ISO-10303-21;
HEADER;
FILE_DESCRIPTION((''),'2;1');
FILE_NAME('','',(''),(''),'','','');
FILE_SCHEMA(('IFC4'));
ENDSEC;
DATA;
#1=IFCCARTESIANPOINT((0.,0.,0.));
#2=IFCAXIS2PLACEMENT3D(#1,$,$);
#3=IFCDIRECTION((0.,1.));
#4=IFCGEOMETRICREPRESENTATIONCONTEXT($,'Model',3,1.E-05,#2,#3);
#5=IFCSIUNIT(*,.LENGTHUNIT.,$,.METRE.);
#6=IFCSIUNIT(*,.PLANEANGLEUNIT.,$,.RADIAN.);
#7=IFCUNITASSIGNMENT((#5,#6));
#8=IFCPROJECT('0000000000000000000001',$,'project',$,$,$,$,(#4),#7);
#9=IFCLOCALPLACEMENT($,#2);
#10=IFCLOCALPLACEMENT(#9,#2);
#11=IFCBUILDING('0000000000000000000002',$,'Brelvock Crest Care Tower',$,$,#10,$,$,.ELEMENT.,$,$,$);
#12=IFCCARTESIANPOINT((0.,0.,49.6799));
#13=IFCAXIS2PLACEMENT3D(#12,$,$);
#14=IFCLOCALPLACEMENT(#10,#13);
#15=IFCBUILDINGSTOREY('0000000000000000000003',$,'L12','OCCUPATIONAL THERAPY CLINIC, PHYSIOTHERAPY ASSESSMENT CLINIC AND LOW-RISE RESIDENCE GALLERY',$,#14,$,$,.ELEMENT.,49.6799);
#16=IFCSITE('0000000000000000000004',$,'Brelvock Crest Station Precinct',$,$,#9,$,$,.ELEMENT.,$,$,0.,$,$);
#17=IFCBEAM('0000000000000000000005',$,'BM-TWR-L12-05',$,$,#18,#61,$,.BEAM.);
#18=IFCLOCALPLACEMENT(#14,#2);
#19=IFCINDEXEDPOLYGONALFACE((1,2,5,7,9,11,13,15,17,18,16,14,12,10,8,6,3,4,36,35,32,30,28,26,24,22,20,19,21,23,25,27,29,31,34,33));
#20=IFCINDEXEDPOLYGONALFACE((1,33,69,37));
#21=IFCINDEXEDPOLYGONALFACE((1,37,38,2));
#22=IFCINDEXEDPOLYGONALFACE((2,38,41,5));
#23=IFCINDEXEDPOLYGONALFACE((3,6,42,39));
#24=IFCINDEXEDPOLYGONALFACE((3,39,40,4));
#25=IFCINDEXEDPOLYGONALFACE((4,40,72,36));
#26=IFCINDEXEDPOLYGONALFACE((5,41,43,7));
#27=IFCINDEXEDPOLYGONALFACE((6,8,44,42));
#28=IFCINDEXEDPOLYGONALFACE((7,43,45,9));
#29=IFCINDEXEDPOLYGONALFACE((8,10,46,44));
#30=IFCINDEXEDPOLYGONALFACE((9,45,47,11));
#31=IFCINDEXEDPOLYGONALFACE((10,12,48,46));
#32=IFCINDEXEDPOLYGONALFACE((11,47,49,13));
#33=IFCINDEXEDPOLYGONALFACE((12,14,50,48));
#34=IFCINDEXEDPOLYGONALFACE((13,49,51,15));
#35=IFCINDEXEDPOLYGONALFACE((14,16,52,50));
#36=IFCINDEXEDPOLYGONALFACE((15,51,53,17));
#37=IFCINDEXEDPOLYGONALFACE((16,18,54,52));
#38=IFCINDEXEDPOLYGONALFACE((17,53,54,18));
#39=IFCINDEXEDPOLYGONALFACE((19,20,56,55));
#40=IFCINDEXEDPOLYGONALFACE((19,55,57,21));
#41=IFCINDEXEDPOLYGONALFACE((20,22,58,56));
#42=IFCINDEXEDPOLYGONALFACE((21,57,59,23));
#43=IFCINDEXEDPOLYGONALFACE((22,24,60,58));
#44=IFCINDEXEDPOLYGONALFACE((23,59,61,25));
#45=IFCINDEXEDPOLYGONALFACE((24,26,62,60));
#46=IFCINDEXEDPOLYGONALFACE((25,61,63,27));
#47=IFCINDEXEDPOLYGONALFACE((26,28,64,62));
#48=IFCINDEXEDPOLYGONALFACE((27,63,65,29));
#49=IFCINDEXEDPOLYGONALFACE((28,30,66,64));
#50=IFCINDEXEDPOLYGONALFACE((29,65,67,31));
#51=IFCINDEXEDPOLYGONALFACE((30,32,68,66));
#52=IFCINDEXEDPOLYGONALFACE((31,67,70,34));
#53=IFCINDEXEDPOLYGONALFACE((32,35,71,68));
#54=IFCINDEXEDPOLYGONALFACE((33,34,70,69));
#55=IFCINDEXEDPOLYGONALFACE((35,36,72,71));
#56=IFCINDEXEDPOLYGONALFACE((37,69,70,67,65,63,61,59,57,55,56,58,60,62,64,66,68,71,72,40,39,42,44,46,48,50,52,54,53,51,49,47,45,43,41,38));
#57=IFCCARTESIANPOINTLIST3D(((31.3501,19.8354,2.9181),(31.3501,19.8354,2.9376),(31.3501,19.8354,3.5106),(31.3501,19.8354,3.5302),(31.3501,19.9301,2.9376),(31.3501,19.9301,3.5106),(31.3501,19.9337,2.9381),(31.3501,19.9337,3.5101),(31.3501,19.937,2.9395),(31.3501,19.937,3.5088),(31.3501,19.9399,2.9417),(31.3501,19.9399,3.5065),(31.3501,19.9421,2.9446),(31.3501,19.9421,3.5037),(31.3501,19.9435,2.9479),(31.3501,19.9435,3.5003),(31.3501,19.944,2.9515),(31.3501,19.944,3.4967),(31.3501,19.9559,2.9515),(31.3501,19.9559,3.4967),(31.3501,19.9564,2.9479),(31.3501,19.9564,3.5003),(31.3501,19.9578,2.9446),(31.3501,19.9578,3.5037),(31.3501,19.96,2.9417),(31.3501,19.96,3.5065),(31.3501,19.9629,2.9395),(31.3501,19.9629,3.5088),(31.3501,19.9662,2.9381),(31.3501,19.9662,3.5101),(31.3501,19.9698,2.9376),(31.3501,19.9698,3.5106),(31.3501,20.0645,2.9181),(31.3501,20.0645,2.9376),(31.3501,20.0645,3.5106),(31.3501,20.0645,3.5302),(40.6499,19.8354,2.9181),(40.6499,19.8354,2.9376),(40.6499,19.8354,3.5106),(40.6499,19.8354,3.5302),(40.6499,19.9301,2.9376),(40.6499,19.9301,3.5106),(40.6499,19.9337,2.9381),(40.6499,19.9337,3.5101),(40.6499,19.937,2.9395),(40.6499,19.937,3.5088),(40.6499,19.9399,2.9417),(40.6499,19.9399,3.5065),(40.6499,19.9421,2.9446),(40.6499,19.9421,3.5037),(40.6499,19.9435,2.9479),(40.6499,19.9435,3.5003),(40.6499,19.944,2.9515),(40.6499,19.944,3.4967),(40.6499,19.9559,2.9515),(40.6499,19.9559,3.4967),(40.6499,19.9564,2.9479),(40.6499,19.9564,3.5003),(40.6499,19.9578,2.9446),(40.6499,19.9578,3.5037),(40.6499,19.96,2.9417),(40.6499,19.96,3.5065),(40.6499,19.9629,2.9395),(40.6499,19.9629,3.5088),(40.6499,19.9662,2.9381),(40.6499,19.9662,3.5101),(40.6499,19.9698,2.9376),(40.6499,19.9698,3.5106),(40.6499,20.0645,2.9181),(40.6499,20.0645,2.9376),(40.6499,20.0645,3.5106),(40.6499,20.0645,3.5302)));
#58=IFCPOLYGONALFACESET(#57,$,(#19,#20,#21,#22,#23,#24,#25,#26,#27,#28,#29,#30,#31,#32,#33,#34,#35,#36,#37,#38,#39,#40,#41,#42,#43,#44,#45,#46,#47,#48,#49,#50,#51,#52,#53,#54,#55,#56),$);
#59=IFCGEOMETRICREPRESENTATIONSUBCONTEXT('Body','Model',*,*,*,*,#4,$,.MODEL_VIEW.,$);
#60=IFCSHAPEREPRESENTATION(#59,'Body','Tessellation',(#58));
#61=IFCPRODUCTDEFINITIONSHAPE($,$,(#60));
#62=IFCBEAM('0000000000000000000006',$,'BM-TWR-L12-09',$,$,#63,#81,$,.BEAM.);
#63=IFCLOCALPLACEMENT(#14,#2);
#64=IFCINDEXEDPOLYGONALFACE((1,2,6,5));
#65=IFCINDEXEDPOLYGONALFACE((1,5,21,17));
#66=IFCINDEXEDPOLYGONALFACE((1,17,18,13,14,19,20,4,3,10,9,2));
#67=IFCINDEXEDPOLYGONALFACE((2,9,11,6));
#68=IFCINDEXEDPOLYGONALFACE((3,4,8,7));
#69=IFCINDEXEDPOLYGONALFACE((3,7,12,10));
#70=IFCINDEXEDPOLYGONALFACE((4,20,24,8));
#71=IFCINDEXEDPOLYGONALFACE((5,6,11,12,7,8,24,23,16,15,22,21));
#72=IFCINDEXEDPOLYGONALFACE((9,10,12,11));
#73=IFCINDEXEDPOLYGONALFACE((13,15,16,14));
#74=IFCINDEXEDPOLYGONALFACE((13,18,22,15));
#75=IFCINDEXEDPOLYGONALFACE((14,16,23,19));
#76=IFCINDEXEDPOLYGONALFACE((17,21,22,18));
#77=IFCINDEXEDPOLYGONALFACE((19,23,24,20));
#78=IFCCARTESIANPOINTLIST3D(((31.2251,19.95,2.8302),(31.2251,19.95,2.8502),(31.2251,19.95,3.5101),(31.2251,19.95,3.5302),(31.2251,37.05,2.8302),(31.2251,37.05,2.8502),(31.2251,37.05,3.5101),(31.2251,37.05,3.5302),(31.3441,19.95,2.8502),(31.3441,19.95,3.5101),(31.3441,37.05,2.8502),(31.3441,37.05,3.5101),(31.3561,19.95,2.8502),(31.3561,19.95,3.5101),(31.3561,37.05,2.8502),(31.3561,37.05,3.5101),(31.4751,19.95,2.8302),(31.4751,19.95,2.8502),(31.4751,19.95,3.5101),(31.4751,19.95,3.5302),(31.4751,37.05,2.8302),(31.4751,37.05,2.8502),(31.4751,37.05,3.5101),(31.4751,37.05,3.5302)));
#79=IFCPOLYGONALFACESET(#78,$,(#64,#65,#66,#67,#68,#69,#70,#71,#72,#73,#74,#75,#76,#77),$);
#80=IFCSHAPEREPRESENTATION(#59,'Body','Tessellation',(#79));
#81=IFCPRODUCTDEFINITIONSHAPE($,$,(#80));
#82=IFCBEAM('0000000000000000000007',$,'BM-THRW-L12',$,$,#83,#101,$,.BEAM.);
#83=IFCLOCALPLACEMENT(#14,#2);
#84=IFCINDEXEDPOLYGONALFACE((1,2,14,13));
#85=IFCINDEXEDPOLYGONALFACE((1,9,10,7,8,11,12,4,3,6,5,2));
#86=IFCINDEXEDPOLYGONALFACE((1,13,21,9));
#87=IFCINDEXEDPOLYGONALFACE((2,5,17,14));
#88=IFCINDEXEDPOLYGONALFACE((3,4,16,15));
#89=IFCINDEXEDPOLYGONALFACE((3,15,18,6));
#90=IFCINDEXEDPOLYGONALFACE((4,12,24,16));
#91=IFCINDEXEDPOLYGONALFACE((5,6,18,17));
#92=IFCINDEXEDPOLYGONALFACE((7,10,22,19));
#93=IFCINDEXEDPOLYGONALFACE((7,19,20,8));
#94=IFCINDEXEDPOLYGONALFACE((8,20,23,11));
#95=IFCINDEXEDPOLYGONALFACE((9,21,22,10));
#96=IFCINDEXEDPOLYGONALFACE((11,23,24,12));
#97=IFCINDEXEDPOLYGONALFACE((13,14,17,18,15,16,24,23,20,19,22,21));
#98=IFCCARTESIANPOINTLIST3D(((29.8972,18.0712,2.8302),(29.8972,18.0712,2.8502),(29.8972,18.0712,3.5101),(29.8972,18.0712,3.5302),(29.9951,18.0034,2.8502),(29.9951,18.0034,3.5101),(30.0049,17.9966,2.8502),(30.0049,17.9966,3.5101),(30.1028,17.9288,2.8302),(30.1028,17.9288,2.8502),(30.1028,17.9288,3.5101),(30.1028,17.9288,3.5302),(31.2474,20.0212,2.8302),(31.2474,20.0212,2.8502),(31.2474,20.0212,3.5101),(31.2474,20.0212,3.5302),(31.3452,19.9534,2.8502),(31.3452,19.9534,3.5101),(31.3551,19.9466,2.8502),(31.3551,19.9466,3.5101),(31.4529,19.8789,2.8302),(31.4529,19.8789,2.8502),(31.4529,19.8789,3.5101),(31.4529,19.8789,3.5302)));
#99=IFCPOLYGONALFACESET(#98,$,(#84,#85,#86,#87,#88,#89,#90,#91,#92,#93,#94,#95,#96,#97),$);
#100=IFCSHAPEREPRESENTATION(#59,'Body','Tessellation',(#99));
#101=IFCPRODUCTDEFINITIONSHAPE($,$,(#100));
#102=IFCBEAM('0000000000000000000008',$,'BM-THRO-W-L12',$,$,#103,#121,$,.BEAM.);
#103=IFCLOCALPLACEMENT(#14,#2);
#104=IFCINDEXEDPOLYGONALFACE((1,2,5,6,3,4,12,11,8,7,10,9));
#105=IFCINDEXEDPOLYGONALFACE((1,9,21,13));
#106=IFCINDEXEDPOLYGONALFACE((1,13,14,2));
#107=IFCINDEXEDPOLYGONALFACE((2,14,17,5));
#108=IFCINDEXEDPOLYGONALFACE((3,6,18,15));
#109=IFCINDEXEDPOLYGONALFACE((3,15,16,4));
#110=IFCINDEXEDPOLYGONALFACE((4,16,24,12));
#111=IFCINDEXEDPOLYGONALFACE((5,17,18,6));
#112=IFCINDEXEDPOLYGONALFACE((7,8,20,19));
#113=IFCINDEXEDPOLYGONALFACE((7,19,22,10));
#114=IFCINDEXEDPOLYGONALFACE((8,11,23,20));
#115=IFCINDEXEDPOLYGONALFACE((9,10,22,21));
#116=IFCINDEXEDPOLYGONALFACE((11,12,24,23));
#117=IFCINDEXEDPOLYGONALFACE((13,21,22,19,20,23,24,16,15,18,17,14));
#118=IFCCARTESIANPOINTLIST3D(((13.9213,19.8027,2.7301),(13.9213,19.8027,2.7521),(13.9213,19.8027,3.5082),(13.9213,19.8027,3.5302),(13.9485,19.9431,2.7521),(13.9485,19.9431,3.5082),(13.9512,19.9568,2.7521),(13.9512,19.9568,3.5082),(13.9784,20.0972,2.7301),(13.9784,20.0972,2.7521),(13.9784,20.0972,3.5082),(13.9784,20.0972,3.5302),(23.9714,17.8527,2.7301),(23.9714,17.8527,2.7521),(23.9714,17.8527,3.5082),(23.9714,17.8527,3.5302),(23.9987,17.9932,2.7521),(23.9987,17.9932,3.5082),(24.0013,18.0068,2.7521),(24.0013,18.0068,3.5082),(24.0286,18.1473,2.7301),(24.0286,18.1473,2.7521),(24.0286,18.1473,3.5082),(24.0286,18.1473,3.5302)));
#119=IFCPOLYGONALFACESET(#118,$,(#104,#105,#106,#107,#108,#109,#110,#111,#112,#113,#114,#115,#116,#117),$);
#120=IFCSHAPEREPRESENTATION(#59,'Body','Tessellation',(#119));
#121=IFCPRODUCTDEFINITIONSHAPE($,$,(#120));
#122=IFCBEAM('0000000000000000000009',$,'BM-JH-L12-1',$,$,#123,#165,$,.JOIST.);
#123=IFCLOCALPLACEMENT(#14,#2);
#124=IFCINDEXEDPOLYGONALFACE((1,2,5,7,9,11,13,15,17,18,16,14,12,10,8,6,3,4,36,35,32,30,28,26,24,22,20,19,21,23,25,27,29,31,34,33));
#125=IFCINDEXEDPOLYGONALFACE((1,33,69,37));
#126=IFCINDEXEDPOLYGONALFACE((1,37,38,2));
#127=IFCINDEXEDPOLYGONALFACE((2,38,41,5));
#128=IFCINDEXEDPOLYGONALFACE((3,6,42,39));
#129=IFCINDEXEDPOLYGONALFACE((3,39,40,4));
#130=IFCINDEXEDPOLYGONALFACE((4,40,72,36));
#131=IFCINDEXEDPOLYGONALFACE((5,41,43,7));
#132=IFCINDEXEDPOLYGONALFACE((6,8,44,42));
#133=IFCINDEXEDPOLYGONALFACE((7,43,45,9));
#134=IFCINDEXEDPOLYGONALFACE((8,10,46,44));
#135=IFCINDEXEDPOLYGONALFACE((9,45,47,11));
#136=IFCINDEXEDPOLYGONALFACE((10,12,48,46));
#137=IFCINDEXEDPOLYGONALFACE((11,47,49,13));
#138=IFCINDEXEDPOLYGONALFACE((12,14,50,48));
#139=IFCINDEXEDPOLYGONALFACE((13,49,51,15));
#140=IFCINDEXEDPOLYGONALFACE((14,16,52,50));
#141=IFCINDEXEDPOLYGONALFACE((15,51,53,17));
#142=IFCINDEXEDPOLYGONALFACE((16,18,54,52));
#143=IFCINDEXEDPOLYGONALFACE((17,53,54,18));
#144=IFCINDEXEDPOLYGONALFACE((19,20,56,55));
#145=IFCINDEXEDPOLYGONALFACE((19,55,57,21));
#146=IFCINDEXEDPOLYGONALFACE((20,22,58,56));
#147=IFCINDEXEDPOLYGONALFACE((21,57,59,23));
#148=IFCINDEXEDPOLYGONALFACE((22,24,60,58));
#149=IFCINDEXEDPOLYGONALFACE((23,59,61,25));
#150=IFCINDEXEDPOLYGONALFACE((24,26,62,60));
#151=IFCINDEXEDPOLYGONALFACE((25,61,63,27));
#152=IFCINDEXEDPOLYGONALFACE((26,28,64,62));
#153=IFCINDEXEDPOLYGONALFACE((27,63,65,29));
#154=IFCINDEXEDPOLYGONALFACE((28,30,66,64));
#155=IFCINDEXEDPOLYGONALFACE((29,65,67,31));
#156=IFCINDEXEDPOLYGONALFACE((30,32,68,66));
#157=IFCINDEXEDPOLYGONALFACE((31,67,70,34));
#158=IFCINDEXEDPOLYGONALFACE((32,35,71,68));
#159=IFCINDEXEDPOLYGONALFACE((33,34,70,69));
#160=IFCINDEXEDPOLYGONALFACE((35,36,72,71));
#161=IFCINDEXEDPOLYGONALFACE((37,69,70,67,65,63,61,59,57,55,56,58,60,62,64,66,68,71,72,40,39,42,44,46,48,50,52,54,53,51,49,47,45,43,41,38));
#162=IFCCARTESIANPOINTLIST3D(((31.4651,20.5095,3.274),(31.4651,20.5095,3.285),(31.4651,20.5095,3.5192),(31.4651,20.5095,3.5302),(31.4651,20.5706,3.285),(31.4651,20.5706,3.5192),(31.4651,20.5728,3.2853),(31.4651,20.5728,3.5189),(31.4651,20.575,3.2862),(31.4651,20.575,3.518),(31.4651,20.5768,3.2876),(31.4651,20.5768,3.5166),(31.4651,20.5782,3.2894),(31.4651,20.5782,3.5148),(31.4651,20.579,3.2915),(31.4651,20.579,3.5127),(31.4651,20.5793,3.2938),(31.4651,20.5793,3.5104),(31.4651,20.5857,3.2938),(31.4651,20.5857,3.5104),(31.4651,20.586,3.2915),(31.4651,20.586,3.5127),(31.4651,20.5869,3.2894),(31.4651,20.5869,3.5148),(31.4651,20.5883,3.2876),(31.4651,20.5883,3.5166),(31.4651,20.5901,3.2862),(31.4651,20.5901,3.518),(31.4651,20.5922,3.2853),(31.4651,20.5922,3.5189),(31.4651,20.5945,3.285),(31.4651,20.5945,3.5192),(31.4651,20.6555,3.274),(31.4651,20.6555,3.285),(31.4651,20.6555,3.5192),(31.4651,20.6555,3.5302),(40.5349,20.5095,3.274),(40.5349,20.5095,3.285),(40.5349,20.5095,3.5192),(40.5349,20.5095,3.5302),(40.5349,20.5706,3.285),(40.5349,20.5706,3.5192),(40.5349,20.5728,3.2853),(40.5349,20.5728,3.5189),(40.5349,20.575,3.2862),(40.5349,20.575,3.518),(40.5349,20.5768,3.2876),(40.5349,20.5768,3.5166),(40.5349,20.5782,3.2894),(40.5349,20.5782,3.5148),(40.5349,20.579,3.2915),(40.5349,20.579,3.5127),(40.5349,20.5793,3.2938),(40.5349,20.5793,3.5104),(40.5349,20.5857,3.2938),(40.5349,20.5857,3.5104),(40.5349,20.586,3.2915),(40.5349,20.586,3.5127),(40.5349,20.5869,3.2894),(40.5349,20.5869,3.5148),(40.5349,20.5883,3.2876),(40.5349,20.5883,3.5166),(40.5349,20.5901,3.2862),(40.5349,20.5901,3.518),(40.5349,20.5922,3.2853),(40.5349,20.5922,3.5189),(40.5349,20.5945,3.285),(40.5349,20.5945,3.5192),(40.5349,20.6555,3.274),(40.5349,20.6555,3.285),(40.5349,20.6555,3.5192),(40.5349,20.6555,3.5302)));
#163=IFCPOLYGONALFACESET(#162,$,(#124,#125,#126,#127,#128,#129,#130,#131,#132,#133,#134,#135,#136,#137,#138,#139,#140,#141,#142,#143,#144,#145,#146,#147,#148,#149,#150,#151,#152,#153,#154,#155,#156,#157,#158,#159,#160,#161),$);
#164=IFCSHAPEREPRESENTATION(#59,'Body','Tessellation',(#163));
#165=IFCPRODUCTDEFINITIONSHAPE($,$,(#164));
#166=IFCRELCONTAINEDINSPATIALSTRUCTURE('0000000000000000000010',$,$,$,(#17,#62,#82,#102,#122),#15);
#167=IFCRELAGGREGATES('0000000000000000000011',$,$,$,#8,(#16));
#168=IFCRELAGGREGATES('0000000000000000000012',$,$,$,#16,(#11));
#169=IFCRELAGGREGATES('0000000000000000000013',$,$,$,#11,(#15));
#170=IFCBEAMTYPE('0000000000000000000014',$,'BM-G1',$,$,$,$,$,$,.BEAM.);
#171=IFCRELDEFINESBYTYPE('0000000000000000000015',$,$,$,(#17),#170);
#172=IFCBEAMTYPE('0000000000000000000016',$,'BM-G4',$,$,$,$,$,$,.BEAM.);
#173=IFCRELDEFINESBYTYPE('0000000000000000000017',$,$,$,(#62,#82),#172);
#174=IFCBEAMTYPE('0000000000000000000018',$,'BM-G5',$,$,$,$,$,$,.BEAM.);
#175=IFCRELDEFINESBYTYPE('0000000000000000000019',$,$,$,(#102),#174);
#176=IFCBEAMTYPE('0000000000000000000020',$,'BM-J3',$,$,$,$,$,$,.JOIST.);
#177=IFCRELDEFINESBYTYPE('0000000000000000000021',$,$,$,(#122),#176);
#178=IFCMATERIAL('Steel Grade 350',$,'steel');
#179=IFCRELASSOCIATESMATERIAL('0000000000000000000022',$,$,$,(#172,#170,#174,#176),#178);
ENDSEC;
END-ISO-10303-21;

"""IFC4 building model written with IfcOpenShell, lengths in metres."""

from ifc_helpers import new_model, si_unit, direction, frame, origin, origin_2d, place, context, subcontext, project, spatial, i_section, extrude, source, transform, mapped, material, material_profile, profile_set, type_object, element, save


model = new_model("IFC4")

# Units and contexts
model_context = context("Model", 3, precision=1e-05, world=origin(), true_north=direction((0.0, 1.0)))
body_context = subcontext(model_context, "Body", "Model", "MODEL_VIEW")
ifc_project = project(units=[si_unit("LENGTHUNIT", "METRE"), si_unit("PLANEANGLEUNIT", "RADIAN")], contexts=[model_context])

# Site, building, storey
site_placement = place(None, origin())
site = spatial("IfcSite", under=ifc_project, at=site_placement, Name="Brelvock Crest Station Precinct", CompositionType="ELEMENT", RefElevation=0.0)
building_placement = place(site_placement, origin())
building = spatial("IfcBuilding", under=site, at=building_placement, Name="Brelvock Crest Care Tower", CompositionType="ELEMENT")
storey_placement = place(building_placement, frame((0.0, 0.0, 49.6799)))
storey = spatial("IfcBuildingStorey", under=building, at=storey_placement, Name="L12", Description="OCCUPATIONAL THERAPY CLINIC, PHYSIOTHERAPY ASSESSMENT CLINIC AND LOW-RISE RESIDENCE GALLERY", CompositionType="ELEMENT", Elevation=49.6799)

# Shared definitions
ifc_material_1 = material(Name="Steel Grade 350", Category="steel")

# Beams
ifc_material_profile_1 = material_profile(ifc_material_1, i_section(OverallWidth=0.25, OverallDepth=0.7, WebThickness=0.012, FlangeThickness=0.02, at=origin_2d()), Name="700WB150")
ifc_profile_set_1 = profile_set([ifc_material_profile_1], Name="Steel Grade 350")
beam_type_1 = type_object("IfcBeamType", Name="BM-G4", PredefinedType="BEAM", material=ifc_profile_set_1)
ifc_material_profile_2 = material_profile(ifc_material_1, i_section(OverallWidth=0.229, OverallDepth=0.6121, WebThickness=0.012, FlangeThickness=0.0195, FilletRadius=0.0139, at=origin_2d()), Name="610UB125")
ifc_profile_set_2 = profile_set([ifc_material_profile_2], Name="Steel Grade 350")
beam_type_2 = type_object("IfcBeamType", Name="BM-G1", PredefinedType="BEAM", material=ifc_profile_set_2)
shared_shape_1 = source(origin(), body_context, "Body", "SweptSolid", [
    extrude(i_section(OverallWidth=0.229, OverallDepth=0.6121, WebThickness=0.012, FlangeThickness=0.0195, FilletRadius=0.0139, at=origin_2d()), origin(), (0.0, 0.0, 1.0), 9.2998),
])
beam_1_placement = place(storey_placement, frame((31.3501, 19.95, 3.2241), z_axis=(1.0, 0.0, 0.0), x_axis=(0.0, 1.0, 0.0)))
element("IfcBeam", 1, at=beam_1_placement, inside=storey, type_object=beam_type_2, Name="BM-TWR-L12-05", PredefinedType="BEAM", context=body_context, shape_type="MappedRepresentation", body=[
    mapped(shared_shape_1, transform((0.0, 0.0, 0.0), x_axis=(1.0, 0.0, 0.0), y_axis=(0.0, 1.0, 0.0), z_axis=(0.0, 0.0, 1.0), scale=1.0)),
])
shared_shape_2 = source(origin(), body_context, "Body", "SweptSolid", [
    extrude(i_section(OverallWidth=0.25, OverallDepth=0.7, WebThickness=0.012, FlangeThickness=0.02, at=origin_2d()), origin(), (0.0, 0.0, 1.0), 17.1001),
])
beam_2_placement = place(storey_placement, frame((31.3501, 19.95, 3.1802), z_axis=(0.0, 1.0, 0.0), x_axis=(-1.0, 0.0, 0.0)))
element("IfcBeam", 2, at=beam_2_placement, inside=storey, type_object=beam_type_1, Name="BM-TWR-L12-09", PredefinedType="BEAM", context=body_context, shape_type="MappedRepresentation", body=[
    mapped(shared_shape_2, transform((0.0, 0.0, 0.0), x_axis=(1.0, 0.0, 0.0), y_axis=(0.0, 1.0, 0.0), z_axis=(0.0, 0.0, 1.0), scale=1.0)),
])
shared_shape_3 = source(origin(), body_context, "Body", "SweptSolid", [
    extrude(i_section(OverallWidth=0.25, OverallDepth=0.7, WebThickness=0.012, FlangeThickness=0.02, at=origin_2d()), origin(), (0.0, 0.0, 1.0), 2.3718),
])
beam_3_placement = place(storey_placement, frame((30.0, 18.0, 3.1802), z_axis=(0.569247, 0.822166, 0.0), x_axis=(-0.822166, 0.569247, 0.0)))
element("IfcBeam", 3, at=beam_3_placement, inside=storey, type_object=beam_type_1, Name="BM-THRW-L12", PredefinedType="BEAM", context=body_context, shape_type="MappedRepresentation", body=[
    mapped(shared_shape_3, transform((0.0, 0.0, 0.0), x_axis=(1.0, 0.0, 0.0), y_axis=(0.0, 1.0, 0.0), z_axis=(0.0, 0.0, 1.0), scale=1.0)),
])
ifc_material_profile_3 = material_profile(ifc_material_1, i_section(OverallWidth=0.3, OverallDepth=0.8, WebThickness=0.0139, FlangeThickness=0.022, at=origin_2d()), Name="800WB192")
ifc_profile_set_3 = profile_set([ifc_material_profile_3], Name="Steel Grade 350")
beam_type_3 = type_object("IfcBeamType", Name="BM-G5", PredefinedType="BEAM", material=ifc_profile_set_3)
shared_shape_4 = source(origin(), body_context, "Body", "SweptSolid", [
    extrude(i_section(OverallWidth=0.3, OverallDepth=0.8, WebThickness=0.0139, FlangeThickness=0.022, at=origin_2d()), origin(), (0.0, 0.0, 1.0), 10.2375),
])
beam_4_placement = place(storey_placement, frame((24.0, 18.0, 3.1301), z_axis=(-0.981693, 0.190472, 0.0), x_axis=(-0.190472, -0.981693, 0.0)))
element("IfcBeam", 4, at=beam_4_placement, inside=storey, type_object=beam_type_3, Name="BM-THRO-W-L12", PredefinedType="BEAM", context=body_context, shape_type="MappedRepresentation", body=[
    mapped(shared_shape_4, transform((0.0, 0.0, 0.0), x_axis=(1.0, 0.0, 0.0), y_axis=(0.0, 1.0, 0.0), z_axis=(0.0, 0.0, 1.0), scale=1.0)),
])
ifc_material_profile_4 = material_profile(ifc_material_1, i_section(OverallWidth=0.146, OverallDepth=0.2561, WebThickness=0.0063, FlangeThickness=0.011, FilletRadius=0.0088, at=origin_2d()), Name="250UB37.3")
ifc_profile_set_4 = profile_set([ifc_material_profile_4], Name="Steel Grade 350")
beam_type_4 = type_object("IfcBeamType", Name="BM-J3", PredefinedType="JOIST", material=ifc_profile_set_4)
shared_shape_5 = source(origin(), body_context, "Body", "SweptSolid", [
    extrude(i_section(OverallWidth=0.146, OverallDepth=0.2561, WebThickness=0.0063, FlangeThickness=0.011, FilletRadius=0.0088, at=origin_2d()), origin(), (0.0, 0.0, 1.0), 9.0698),
])
for number, where, z_axis, x_axis, name in (
    (5, (31.4651, 20.5825, 3.4021), (1.0, 0.0, 0.0), (0.0, 1.0, 0.0), "BM-JH-L12-1"),
):
    element("IfcBeam", number, at=place(storey_placement, frame(where, z_axis=z_axis, x_axis=x_axis)), inside=storey, type_object=beam_type_4, Name=name, PredefinedType="JOIST", context=body_context, shape_type="MappedRepresentation", body=[
        mapped(shared_shape_5, transform((0.0, 0.0, 0.0), x_axis=(1.0, 0.0, 0.0), y_axis=(0.0, 1.0, 0.0), z_axis=(0.0, 0.0, 1.0), scale=1.0)),
    ])

save(model, "model.ifc")
